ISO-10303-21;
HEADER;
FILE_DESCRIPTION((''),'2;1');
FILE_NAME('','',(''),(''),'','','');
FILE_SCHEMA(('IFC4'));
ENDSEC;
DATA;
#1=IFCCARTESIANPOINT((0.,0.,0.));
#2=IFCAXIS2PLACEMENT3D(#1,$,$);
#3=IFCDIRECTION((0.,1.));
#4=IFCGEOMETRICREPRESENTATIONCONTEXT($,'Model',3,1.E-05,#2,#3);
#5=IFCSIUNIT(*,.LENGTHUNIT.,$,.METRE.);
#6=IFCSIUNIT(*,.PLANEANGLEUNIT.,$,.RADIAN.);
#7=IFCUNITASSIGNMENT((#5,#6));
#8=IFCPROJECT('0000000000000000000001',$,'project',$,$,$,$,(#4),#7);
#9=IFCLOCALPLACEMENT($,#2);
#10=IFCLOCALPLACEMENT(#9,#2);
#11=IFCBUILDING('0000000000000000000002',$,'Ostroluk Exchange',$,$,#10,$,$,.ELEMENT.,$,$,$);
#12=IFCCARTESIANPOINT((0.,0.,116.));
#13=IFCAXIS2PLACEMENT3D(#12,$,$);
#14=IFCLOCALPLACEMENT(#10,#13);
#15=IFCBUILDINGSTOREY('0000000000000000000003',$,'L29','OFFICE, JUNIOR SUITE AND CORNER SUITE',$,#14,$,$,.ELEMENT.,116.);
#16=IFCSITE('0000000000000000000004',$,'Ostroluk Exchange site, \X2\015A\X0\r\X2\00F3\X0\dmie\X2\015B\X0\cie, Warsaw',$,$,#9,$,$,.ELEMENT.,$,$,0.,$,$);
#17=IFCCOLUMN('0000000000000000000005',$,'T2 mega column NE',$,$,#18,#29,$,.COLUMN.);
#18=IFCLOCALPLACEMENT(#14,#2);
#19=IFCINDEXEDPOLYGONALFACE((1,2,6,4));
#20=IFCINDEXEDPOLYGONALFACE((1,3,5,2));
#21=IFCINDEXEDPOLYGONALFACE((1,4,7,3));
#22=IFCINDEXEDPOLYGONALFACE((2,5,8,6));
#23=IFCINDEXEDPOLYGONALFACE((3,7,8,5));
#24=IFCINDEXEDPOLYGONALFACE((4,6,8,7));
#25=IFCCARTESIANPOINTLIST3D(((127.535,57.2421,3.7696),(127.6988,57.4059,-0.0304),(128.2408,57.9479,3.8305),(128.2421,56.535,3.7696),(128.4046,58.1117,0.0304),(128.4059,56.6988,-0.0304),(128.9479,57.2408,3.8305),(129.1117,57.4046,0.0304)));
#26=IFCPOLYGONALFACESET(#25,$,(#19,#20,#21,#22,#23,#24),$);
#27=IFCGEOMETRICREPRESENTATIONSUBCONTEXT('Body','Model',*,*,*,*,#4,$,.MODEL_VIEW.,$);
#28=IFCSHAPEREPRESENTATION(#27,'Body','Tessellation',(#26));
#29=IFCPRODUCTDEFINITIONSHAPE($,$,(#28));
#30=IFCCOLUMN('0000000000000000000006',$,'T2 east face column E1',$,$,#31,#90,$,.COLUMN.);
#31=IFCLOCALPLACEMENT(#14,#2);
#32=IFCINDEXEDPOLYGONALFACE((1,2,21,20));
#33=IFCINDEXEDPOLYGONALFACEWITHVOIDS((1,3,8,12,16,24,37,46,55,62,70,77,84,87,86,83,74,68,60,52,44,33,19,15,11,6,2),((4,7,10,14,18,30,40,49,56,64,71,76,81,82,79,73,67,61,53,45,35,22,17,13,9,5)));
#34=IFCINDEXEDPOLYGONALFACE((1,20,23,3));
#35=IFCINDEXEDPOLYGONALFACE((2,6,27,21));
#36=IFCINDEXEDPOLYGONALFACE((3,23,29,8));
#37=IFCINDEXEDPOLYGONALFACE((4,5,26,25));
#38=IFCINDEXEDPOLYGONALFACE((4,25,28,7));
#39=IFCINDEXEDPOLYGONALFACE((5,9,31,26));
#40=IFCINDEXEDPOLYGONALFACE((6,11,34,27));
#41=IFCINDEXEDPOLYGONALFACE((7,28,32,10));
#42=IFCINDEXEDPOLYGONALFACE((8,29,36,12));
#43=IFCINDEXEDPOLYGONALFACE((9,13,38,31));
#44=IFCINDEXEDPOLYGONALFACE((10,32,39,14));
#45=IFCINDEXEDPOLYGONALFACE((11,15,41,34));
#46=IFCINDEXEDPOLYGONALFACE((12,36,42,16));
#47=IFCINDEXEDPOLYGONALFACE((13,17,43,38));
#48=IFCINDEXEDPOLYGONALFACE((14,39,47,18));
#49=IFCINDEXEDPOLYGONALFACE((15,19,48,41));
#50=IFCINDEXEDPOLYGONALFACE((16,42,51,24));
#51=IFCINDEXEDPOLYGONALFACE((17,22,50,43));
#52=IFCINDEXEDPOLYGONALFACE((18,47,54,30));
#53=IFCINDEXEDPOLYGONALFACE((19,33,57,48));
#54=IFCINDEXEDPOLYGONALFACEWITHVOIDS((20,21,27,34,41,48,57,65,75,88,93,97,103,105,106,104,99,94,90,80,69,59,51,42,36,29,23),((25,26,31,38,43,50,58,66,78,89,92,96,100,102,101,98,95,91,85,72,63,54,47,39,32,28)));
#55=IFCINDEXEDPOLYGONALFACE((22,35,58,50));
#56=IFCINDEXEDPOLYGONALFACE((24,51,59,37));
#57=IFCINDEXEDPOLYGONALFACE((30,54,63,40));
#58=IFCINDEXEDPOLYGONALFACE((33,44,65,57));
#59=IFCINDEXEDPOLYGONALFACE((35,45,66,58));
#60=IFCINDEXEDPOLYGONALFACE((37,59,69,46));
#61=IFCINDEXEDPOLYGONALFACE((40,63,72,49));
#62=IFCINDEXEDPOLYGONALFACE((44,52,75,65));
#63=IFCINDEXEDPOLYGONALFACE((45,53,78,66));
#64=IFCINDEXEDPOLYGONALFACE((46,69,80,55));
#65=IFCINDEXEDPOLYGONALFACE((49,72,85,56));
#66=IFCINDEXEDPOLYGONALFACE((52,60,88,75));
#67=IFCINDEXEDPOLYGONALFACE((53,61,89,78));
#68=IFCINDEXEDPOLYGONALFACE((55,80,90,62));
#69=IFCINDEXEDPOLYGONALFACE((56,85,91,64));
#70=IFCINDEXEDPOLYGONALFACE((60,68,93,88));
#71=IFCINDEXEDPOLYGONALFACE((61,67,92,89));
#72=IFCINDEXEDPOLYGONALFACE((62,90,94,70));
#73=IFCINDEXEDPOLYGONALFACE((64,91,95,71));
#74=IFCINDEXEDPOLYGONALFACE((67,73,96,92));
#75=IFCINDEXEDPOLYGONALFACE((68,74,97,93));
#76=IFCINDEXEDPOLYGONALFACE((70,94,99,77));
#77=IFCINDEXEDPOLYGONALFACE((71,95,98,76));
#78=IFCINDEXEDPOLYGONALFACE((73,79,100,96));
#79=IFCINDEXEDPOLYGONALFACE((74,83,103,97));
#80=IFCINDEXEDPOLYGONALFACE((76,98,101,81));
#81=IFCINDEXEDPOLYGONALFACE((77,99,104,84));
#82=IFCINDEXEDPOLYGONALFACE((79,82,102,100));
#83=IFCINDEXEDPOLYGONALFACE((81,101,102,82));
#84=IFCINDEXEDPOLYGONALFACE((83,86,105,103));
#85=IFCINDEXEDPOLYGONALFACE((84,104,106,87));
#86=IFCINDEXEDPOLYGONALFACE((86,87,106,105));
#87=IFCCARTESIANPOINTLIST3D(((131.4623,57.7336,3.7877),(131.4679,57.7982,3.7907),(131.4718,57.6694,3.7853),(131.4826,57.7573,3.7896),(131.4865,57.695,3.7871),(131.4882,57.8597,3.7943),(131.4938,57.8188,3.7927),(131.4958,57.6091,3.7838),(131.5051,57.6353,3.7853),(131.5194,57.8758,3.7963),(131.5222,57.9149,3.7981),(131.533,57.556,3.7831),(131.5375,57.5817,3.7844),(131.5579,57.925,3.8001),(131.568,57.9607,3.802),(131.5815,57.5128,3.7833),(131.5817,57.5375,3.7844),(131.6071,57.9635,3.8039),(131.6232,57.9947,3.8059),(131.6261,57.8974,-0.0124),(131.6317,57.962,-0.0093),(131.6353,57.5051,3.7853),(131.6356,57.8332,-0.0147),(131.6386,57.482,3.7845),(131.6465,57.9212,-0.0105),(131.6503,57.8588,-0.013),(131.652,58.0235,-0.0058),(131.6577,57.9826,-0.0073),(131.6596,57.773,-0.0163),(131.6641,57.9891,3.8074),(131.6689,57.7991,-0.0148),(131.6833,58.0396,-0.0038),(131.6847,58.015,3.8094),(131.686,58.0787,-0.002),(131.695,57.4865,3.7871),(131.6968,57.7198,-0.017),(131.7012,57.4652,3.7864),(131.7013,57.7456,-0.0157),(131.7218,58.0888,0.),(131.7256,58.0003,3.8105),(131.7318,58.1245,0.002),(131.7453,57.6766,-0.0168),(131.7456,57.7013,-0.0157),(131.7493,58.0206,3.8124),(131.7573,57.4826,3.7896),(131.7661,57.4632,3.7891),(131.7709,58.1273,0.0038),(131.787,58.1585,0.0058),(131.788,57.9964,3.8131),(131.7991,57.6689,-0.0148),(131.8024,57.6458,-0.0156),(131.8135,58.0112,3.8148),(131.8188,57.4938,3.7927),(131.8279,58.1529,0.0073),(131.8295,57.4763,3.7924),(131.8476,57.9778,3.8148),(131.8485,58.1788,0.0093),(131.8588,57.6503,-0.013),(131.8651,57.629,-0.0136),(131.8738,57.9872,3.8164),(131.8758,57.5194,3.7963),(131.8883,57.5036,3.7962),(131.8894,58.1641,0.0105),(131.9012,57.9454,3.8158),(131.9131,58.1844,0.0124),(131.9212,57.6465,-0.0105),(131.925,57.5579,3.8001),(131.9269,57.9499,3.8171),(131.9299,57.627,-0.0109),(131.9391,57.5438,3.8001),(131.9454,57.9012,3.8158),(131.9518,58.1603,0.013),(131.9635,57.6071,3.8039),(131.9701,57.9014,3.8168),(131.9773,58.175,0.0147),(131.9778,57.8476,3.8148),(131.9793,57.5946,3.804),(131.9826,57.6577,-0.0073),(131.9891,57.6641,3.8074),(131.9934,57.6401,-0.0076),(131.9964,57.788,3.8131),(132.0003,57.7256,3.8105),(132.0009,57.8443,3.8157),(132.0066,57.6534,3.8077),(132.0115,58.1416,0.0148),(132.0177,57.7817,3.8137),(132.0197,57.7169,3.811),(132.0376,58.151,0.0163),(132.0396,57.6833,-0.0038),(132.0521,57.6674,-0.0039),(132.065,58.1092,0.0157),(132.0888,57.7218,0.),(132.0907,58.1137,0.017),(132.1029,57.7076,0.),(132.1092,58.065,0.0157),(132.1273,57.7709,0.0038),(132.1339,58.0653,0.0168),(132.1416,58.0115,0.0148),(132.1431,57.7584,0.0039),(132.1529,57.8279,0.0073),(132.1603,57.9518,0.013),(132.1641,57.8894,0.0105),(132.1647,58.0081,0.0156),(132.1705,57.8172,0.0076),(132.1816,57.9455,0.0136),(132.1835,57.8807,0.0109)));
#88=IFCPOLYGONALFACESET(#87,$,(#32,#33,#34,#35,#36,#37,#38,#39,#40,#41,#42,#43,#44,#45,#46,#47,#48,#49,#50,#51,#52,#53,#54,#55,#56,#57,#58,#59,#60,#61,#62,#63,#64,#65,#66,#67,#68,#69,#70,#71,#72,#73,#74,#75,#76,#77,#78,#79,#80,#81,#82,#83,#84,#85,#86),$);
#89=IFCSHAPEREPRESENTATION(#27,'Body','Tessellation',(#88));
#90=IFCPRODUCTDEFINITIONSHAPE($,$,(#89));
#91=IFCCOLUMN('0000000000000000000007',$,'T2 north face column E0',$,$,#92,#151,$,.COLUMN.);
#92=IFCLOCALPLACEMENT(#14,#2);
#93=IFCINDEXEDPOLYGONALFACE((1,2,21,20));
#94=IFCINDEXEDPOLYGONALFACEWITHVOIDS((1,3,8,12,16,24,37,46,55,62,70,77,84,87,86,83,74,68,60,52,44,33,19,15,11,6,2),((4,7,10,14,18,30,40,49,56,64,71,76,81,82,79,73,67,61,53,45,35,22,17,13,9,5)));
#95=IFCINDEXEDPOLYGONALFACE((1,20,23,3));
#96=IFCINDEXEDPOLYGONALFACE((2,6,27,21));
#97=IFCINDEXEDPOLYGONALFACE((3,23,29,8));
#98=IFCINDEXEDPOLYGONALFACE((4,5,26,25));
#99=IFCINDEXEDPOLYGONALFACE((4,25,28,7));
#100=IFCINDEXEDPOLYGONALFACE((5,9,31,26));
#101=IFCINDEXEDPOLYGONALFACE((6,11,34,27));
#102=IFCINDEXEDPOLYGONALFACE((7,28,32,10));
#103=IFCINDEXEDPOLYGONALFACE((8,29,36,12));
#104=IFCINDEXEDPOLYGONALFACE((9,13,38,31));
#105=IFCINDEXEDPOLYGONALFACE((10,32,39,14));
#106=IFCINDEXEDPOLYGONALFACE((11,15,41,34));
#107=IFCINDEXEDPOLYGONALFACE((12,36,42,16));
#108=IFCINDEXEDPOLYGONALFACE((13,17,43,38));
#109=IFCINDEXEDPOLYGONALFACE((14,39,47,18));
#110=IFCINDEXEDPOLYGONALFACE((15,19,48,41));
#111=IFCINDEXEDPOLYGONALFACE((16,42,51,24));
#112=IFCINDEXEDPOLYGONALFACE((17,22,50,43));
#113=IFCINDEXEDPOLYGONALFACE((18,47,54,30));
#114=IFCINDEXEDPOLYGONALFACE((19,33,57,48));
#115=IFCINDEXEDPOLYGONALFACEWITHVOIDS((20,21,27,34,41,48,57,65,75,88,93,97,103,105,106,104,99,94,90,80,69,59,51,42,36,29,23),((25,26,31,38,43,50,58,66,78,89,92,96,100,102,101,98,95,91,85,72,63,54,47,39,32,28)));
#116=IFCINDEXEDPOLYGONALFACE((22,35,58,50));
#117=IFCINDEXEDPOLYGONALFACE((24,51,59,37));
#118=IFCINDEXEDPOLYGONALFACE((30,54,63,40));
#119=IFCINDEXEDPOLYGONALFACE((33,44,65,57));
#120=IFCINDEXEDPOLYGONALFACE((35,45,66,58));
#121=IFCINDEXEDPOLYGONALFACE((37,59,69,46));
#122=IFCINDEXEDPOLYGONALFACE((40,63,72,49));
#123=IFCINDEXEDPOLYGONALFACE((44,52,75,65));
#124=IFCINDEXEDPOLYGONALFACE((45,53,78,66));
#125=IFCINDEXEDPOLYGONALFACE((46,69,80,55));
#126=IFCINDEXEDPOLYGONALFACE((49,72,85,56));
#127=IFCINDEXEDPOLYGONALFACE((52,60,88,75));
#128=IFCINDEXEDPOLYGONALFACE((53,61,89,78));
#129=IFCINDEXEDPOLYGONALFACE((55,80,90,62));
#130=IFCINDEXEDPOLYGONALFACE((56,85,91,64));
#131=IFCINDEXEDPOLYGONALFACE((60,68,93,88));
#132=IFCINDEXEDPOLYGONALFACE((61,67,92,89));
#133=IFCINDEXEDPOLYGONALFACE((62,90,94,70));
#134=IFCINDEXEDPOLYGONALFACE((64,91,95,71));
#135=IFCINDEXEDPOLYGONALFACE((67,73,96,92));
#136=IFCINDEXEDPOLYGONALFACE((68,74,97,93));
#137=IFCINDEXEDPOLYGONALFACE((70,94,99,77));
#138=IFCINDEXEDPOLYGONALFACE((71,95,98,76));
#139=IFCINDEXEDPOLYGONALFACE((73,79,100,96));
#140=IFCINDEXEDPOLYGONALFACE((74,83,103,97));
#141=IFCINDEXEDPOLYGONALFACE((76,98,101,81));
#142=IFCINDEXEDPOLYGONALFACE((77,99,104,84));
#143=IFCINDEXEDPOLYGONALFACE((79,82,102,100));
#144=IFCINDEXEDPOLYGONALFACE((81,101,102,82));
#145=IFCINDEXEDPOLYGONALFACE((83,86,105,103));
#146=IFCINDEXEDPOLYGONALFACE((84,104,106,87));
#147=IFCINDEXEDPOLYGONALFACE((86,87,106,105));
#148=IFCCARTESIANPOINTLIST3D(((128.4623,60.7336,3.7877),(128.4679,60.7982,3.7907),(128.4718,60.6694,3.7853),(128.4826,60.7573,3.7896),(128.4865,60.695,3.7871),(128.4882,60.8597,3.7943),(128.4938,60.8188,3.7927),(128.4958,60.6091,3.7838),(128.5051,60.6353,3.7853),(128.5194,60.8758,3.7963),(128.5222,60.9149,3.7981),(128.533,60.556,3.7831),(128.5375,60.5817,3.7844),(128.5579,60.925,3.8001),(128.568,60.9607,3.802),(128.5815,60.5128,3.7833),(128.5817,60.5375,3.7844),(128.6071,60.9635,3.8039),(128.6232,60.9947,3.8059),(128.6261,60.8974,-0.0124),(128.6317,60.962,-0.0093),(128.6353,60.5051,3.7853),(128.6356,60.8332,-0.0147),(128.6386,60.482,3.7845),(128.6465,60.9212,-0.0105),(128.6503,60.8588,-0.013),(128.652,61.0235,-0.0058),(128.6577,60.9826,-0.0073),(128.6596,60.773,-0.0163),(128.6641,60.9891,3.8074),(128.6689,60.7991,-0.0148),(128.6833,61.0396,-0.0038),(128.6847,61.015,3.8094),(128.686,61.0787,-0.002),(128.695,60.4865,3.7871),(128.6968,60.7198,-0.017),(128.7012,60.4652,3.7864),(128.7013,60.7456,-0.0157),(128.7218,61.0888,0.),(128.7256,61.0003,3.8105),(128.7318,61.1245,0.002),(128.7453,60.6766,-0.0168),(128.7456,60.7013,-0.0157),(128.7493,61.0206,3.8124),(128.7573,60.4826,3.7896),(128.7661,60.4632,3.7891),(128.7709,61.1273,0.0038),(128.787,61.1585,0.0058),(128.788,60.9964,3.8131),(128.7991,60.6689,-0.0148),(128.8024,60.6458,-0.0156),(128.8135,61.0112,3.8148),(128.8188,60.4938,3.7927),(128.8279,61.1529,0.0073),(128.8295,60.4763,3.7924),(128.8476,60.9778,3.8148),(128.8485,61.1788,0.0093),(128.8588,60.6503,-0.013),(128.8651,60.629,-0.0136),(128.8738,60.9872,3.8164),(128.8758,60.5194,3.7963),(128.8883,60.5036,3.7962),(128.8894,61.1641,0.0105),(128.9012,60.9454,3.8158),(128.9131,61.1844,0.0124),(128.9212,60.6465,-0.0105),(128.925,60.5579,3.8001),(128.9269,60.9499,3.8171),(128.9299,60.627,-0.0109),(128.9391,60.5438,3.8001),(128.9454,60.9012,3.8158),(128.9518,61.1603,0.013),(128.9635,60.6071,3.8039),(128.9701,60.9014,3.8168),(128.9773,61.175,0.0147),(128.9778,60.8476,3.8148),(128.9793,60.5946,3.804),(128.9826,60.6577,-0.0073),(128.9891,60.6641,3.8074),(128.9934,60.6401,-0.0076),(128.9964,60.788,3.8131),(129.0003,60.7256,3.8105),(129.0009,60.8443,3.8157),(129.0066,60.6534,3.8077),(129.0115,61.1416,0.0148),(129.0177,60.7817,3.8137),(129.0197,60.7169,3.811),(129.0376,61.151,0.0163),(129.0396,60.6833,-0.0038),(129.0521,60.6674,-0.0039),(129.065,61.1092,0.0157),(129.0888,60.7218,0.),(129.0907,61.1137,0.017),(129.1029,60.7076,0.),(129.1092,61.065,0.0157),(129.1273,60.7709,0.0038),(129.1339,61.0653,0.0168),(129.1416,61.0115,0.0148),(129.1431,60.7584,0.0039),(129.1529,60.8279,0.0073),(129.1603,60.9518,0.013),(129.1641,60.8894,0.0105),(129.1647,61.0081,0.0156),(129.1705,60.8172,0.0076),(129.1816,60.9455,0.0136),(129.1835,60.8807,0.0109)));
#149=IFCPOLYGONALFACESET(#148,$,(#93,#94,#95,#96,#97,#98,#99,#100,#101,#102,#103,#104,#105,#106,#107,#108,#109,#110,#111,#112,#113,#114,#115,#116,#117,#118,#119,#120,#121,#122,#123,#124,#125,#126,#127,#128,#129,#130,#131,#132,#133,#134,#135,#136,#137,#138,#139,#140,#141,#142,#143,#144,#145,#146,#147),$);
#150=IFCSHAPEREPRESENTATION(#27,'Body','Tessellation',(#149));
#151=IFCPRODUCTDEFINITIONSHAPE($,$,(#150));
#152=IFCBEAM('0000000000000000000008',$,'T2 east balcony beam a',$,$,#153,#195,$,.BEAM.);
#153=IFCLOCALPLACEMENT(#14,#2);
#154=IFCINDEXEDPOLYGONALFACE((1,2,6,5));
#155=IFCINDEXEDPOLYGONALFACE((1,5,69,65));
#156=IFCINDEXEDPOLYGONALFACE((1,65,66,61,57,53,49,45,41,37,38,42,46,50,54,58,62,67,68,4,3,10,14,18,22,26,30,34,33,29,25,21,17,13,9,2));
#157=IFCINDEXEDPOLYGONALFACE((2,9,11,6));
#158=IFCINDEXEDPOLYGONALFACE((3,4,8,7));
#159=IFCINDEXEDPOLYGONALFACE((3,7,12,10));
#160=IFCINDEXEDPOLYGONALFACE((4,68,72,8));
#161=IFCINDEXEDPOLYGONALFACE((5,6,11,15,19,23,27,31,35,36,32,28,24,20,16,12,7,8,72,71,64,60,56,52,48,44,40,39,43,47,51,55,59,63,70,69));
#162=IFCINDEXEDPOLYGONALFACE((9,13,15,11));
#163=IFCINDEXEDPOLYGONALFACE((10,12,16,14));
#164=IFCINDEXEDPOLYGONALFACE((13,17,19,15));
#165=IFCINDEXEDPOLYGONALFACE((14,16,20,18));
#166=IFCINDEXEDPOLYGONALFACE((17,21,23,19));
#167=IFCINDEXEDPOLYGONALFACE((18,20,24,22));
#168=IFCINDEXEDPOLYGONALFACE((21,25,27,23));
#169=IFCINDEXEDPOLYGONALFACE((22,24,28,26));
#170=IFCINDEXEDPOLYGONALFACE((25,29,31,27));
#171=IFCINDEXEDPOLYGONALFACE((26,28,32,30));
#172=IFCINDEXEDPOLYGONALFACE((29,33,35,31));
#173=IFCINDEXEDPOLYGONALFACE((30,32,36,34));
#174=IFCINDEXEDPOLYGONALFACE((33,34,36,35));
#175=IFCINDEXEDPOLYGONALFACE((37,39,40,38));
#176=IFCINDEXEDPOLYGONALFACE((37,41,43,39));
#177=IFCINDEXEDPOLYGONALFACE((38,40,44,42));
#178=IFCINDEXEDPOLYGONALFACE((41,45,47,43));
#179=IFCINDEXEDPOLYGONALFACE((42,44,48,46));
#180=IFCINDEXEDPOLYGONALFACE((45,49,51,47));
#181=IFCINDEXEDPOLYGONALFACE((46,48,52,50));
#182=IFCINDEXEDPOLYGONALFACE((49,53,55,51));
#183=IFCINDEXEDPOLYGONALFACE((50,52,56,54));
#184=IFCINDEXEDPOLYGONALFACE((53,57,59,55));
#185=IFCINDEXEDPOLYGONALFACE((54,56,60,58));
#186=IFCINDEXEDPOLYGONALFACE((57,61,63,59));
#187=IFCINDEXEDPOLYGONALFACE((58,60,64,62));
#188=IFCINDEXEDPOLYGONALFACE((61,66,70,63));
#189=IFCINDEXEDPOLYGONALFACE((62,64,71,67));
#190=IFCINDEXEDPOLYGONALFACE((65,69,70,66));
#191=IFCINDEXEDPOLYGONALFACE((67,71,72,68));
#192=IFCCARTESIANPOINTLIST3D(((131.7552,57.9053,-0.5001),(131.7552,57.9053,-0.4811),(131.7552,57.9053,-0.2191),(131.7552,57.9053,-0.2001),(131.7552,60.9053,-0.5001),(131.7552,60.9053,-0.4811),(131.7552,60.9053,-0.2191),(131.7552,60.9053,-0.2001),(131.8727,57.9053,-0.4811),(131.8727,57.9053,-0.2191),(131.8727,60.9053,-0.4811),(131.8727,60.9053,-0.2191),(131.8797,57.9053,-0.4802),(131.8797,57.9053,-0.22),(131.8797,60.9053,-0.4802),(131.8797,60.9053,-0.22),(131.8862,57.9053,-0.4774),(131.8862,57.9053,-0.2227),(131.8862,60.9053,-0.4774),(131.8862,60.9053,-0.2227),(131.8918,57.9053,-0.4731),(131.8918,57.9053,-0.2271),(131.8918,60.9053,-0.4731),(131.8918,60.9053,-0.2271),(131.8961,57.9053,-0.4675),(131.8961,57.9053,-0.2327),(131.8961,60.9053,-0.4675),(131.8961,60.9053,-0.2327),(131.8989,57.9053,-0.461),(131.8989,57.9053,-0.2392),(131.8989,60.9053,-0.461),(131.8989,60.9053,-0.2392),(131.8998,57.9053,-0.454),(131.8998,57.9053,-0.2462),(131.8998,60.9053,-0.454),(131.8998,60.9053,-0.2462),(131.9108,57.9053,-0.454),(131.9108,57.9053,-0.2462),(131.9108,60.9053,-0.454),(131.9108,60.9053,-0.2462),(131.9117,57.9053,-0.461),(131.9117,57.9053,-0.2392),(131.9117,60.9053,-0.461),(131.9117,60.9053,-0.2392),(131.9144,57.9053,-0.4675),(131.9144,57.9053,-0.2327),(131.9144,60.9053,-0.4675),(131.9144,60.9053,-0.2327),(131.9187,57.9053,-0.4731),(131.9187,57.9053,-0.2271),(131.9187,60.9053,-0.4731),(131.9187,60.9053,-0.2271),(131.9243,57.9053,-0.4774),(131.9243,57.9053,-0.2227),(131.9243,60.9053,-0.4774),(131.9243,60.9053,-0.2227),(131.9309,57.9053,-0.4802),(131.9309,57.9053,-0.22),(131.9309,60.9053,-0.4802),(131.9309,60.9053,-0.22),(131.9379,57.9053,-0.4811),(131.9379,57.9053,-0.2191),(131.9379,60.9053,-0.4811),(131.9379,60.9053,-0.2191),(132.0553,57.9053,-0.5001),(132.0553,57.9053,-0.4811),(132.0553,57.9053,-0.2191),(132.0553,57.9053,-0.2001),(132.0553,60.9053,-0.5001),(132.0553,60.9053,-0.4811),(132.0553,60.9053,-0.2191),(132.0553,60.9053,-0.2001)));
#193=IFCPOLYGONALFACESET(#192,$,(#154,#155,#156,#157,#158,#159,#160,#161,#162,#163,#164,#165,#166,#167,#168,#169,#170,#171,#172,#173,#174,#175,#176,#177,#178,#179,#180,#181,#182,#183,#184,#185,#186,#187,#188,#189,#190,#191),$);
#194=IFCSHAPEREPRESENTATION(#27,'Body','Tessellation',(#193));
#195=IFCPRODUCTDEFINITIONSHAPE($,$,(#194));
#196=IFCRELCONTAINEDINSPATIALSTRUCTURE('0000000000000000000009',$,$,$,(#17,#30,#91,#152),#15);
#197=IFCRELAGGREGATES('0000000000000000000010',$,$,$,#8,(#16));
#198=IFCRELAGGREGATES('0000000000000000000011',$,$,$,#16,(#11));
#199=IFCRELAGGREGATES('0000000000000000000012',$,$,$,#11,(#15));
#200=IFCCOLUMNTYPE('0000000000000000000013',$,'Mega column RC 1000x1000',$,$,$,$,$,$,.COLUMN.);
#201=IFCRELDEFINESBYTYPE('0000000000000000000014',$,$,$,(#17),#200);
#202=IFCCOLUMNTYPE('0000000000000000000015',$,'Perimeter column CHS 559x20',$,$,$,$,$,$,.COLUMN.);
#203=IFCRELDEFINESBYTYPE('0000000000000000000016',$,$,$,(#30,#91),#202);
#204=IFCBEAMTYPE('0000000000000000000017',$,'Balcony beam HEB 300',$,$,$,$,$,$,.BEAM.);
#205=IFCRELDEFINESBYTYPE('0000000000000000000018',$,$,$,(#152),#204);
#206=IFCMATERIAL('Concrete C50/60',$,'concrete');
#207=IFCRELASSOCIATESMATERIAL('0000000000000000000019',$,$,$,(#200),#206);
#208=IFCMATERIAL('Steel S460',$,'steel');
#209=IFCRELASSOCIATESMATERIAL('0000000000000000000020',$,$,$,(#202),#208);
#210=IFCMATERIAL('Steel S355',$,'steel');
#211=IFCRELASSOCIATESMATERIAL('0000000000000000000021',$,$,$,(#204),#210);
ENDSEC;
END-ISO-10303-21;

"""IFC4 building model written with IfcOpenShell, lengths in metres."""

from ifc_helpers import new_model, si_unit, direction, frame, origin, origin_2d, place, context, subcontext, project, spatial, rectangle, hollow_circle, i_section, extrude, material, material_profile, profile_set, type_object, element, save


model = new_model("IFC4")

# Units and contexts
model_context = context("Model", 3, precision=1e-05, world=origin(), true_north=direction((0.0, 1.0)))
body_context = subcontext(model_context, "Body", "Model", "MODEL_VIEW")
ifc_project = project(units=[si_unit("LENGTHUNIT", "METRE"), si_unit("PLANEANGLEUNIT", "RADIAN")], contexts=[model_context])

# Site, building, storey
site_placement = place(None, origin())
site = spatial("IfcSite", under=ifc_project, at=site_placement, Name="Ostroluk Exchange site, Śródmieście, Warsaw", CompositionType="ELEMENT", RefElevation=0.0)
building_placement = place(site_placement, origin())
building = spatial("IfcBuilding", under=site, at=building_placement, Name="Ostroluk Exchange", CompositionType="ELEMENT")
storey_placement = place(building_placement, frame((0.0, 0.0, 116.0)))
storey = spatial("IfcBuildingStorey", under=building, at=storey_placement, Name="L29", Description="OFFICE, JUNIOR SUITE AND CORNER SUITE", CompositionType="ELEMENT", Elevation=116.0)

# Columns
ifc_material_1 = material(Name="Concrete C50/60", Category="concrete")
ifc_material_profile_1 = material_profile(ifc_material_1, rectangle(XDim=1.0, YDim=1.0, at=origin_2d()), Name="RC 1000x1000")
ifc_profile_set_1 = profile_set([ifc_material_profile_1], Name="Concrete C50/60")
column_type_1 = type_object("IfcColumnType", Name="Mega column RC 1000x1000", PredefinedType="COLUMN", material=ifc_profile_set_1)
column_placement = place(storey_placement, frame((128.4053, 57.4053, 0.0), z_axis=(-0.04303, -0.04303, 0.998147), x_axis=(0.707107, -0.707107, 0.0)))
element("IfcColumn", 1, at=column_placement, inside=storey, type_object=column_type_1, Name="T2 mega column NE", PredefinedType="COLUMN", context=body_context, shape_type="SweptSolid", body=[
    extrude(rectangle(XDim=1.0, YDim=1.0, at=origin_2d()), origin(), (0.0, 0.0, 1.0), 3.8071),
])
ifc_material_2 = material(Name="Steel S460", Category="steel")
ifc_material_profile_2 = material_profile(ifc_material_2, hollow_circle(Radius=0.2795, WallThickness=0.02, at=origin_2d()), Name="CHS 559x20")
ifc_profile_set_2 = profile_set([ifc_material_profile_2], Name="Steel S460")
column_type_2 = type_object("IfcColumnType", Name="Perimeter column CHS 559x20", PredefinedType="COLUMN", material=ifc_profile_set_2)
for number, where, z_axis, x_axis, name in (
    (2, (131.9053, 57.9053, 0.0), (-0.04303, -0.04303, 0.998147), (0.707107, -0.707107, 0.0), "T2 east face column E1"),
    (3, (128.9053, 60.9053, 0.0), (-0.04303, -0.04303, 0.998147), (0.707107, -0.707107, 0.0), "T2 north face column E0"),
):
    element("IfcColumn", number, at=place(storey_placement, frame(where, z_axis=z_axis, x_axis=x_axis)), inside=storey, type_object=column_type_2, Name=name, PredefinedType="COLUMN", context=body_context, shape_type="SweptSolid", body=[
        extrude(hollow_circle(Radius=0.2795, WallThickness=0.02, at=origin_2d()), origin(), (0.0, 0.0, 1.0), 3.8071),
    ])

# Beam
ifc_material_3 = material(Name="Steel S355", Category="steel")
ifc_material_profile_3 = material_profile(ifc_material_3, i_section(OverallWidth=0.3, OverallDepth=0.3, WebThickness=0.011, FlangeThickness=0.019, FilletRadius=0.0271, at=origin_2d()), Name="HEB 300")
ifc_profile_set_3 = profile_set([ifc_material_profile_3], Name="Steel S355")
beam_type_1 = type_object("IfcBeamType", Name="Balcony beam HEB 300", PredefinedType="BEAM", material=ifc_profile_set_3)
for number, where, z_axis, x_axis, name in (
    (4, (131.9053, 57.9053, -0.3501), (0.0, 1.0, 0.0), (-1.0, 0.0, 0.0), "T2 east balcony beam a"),
):
    element("IfcBeam", number, at=place(storey_placement, frame(where, z_axis=z_axis, x_axis=x_axis)), inside=storey, type_object=beam_type_1, Name=name, PredefinedType="BEAM", context=body_context, shape_type="SweptSolid", body=[
        extrude(i_section(OverallWidth=0.3, OverallDepth=0.3, WebThickness=0.011, FlangeThickness=0.019, FilletRadius=0.0271, at=origin_2d()), origin(), (0.0, 0.0, 1.0), 3.0),
    ])

save(model, "model.ifc")
